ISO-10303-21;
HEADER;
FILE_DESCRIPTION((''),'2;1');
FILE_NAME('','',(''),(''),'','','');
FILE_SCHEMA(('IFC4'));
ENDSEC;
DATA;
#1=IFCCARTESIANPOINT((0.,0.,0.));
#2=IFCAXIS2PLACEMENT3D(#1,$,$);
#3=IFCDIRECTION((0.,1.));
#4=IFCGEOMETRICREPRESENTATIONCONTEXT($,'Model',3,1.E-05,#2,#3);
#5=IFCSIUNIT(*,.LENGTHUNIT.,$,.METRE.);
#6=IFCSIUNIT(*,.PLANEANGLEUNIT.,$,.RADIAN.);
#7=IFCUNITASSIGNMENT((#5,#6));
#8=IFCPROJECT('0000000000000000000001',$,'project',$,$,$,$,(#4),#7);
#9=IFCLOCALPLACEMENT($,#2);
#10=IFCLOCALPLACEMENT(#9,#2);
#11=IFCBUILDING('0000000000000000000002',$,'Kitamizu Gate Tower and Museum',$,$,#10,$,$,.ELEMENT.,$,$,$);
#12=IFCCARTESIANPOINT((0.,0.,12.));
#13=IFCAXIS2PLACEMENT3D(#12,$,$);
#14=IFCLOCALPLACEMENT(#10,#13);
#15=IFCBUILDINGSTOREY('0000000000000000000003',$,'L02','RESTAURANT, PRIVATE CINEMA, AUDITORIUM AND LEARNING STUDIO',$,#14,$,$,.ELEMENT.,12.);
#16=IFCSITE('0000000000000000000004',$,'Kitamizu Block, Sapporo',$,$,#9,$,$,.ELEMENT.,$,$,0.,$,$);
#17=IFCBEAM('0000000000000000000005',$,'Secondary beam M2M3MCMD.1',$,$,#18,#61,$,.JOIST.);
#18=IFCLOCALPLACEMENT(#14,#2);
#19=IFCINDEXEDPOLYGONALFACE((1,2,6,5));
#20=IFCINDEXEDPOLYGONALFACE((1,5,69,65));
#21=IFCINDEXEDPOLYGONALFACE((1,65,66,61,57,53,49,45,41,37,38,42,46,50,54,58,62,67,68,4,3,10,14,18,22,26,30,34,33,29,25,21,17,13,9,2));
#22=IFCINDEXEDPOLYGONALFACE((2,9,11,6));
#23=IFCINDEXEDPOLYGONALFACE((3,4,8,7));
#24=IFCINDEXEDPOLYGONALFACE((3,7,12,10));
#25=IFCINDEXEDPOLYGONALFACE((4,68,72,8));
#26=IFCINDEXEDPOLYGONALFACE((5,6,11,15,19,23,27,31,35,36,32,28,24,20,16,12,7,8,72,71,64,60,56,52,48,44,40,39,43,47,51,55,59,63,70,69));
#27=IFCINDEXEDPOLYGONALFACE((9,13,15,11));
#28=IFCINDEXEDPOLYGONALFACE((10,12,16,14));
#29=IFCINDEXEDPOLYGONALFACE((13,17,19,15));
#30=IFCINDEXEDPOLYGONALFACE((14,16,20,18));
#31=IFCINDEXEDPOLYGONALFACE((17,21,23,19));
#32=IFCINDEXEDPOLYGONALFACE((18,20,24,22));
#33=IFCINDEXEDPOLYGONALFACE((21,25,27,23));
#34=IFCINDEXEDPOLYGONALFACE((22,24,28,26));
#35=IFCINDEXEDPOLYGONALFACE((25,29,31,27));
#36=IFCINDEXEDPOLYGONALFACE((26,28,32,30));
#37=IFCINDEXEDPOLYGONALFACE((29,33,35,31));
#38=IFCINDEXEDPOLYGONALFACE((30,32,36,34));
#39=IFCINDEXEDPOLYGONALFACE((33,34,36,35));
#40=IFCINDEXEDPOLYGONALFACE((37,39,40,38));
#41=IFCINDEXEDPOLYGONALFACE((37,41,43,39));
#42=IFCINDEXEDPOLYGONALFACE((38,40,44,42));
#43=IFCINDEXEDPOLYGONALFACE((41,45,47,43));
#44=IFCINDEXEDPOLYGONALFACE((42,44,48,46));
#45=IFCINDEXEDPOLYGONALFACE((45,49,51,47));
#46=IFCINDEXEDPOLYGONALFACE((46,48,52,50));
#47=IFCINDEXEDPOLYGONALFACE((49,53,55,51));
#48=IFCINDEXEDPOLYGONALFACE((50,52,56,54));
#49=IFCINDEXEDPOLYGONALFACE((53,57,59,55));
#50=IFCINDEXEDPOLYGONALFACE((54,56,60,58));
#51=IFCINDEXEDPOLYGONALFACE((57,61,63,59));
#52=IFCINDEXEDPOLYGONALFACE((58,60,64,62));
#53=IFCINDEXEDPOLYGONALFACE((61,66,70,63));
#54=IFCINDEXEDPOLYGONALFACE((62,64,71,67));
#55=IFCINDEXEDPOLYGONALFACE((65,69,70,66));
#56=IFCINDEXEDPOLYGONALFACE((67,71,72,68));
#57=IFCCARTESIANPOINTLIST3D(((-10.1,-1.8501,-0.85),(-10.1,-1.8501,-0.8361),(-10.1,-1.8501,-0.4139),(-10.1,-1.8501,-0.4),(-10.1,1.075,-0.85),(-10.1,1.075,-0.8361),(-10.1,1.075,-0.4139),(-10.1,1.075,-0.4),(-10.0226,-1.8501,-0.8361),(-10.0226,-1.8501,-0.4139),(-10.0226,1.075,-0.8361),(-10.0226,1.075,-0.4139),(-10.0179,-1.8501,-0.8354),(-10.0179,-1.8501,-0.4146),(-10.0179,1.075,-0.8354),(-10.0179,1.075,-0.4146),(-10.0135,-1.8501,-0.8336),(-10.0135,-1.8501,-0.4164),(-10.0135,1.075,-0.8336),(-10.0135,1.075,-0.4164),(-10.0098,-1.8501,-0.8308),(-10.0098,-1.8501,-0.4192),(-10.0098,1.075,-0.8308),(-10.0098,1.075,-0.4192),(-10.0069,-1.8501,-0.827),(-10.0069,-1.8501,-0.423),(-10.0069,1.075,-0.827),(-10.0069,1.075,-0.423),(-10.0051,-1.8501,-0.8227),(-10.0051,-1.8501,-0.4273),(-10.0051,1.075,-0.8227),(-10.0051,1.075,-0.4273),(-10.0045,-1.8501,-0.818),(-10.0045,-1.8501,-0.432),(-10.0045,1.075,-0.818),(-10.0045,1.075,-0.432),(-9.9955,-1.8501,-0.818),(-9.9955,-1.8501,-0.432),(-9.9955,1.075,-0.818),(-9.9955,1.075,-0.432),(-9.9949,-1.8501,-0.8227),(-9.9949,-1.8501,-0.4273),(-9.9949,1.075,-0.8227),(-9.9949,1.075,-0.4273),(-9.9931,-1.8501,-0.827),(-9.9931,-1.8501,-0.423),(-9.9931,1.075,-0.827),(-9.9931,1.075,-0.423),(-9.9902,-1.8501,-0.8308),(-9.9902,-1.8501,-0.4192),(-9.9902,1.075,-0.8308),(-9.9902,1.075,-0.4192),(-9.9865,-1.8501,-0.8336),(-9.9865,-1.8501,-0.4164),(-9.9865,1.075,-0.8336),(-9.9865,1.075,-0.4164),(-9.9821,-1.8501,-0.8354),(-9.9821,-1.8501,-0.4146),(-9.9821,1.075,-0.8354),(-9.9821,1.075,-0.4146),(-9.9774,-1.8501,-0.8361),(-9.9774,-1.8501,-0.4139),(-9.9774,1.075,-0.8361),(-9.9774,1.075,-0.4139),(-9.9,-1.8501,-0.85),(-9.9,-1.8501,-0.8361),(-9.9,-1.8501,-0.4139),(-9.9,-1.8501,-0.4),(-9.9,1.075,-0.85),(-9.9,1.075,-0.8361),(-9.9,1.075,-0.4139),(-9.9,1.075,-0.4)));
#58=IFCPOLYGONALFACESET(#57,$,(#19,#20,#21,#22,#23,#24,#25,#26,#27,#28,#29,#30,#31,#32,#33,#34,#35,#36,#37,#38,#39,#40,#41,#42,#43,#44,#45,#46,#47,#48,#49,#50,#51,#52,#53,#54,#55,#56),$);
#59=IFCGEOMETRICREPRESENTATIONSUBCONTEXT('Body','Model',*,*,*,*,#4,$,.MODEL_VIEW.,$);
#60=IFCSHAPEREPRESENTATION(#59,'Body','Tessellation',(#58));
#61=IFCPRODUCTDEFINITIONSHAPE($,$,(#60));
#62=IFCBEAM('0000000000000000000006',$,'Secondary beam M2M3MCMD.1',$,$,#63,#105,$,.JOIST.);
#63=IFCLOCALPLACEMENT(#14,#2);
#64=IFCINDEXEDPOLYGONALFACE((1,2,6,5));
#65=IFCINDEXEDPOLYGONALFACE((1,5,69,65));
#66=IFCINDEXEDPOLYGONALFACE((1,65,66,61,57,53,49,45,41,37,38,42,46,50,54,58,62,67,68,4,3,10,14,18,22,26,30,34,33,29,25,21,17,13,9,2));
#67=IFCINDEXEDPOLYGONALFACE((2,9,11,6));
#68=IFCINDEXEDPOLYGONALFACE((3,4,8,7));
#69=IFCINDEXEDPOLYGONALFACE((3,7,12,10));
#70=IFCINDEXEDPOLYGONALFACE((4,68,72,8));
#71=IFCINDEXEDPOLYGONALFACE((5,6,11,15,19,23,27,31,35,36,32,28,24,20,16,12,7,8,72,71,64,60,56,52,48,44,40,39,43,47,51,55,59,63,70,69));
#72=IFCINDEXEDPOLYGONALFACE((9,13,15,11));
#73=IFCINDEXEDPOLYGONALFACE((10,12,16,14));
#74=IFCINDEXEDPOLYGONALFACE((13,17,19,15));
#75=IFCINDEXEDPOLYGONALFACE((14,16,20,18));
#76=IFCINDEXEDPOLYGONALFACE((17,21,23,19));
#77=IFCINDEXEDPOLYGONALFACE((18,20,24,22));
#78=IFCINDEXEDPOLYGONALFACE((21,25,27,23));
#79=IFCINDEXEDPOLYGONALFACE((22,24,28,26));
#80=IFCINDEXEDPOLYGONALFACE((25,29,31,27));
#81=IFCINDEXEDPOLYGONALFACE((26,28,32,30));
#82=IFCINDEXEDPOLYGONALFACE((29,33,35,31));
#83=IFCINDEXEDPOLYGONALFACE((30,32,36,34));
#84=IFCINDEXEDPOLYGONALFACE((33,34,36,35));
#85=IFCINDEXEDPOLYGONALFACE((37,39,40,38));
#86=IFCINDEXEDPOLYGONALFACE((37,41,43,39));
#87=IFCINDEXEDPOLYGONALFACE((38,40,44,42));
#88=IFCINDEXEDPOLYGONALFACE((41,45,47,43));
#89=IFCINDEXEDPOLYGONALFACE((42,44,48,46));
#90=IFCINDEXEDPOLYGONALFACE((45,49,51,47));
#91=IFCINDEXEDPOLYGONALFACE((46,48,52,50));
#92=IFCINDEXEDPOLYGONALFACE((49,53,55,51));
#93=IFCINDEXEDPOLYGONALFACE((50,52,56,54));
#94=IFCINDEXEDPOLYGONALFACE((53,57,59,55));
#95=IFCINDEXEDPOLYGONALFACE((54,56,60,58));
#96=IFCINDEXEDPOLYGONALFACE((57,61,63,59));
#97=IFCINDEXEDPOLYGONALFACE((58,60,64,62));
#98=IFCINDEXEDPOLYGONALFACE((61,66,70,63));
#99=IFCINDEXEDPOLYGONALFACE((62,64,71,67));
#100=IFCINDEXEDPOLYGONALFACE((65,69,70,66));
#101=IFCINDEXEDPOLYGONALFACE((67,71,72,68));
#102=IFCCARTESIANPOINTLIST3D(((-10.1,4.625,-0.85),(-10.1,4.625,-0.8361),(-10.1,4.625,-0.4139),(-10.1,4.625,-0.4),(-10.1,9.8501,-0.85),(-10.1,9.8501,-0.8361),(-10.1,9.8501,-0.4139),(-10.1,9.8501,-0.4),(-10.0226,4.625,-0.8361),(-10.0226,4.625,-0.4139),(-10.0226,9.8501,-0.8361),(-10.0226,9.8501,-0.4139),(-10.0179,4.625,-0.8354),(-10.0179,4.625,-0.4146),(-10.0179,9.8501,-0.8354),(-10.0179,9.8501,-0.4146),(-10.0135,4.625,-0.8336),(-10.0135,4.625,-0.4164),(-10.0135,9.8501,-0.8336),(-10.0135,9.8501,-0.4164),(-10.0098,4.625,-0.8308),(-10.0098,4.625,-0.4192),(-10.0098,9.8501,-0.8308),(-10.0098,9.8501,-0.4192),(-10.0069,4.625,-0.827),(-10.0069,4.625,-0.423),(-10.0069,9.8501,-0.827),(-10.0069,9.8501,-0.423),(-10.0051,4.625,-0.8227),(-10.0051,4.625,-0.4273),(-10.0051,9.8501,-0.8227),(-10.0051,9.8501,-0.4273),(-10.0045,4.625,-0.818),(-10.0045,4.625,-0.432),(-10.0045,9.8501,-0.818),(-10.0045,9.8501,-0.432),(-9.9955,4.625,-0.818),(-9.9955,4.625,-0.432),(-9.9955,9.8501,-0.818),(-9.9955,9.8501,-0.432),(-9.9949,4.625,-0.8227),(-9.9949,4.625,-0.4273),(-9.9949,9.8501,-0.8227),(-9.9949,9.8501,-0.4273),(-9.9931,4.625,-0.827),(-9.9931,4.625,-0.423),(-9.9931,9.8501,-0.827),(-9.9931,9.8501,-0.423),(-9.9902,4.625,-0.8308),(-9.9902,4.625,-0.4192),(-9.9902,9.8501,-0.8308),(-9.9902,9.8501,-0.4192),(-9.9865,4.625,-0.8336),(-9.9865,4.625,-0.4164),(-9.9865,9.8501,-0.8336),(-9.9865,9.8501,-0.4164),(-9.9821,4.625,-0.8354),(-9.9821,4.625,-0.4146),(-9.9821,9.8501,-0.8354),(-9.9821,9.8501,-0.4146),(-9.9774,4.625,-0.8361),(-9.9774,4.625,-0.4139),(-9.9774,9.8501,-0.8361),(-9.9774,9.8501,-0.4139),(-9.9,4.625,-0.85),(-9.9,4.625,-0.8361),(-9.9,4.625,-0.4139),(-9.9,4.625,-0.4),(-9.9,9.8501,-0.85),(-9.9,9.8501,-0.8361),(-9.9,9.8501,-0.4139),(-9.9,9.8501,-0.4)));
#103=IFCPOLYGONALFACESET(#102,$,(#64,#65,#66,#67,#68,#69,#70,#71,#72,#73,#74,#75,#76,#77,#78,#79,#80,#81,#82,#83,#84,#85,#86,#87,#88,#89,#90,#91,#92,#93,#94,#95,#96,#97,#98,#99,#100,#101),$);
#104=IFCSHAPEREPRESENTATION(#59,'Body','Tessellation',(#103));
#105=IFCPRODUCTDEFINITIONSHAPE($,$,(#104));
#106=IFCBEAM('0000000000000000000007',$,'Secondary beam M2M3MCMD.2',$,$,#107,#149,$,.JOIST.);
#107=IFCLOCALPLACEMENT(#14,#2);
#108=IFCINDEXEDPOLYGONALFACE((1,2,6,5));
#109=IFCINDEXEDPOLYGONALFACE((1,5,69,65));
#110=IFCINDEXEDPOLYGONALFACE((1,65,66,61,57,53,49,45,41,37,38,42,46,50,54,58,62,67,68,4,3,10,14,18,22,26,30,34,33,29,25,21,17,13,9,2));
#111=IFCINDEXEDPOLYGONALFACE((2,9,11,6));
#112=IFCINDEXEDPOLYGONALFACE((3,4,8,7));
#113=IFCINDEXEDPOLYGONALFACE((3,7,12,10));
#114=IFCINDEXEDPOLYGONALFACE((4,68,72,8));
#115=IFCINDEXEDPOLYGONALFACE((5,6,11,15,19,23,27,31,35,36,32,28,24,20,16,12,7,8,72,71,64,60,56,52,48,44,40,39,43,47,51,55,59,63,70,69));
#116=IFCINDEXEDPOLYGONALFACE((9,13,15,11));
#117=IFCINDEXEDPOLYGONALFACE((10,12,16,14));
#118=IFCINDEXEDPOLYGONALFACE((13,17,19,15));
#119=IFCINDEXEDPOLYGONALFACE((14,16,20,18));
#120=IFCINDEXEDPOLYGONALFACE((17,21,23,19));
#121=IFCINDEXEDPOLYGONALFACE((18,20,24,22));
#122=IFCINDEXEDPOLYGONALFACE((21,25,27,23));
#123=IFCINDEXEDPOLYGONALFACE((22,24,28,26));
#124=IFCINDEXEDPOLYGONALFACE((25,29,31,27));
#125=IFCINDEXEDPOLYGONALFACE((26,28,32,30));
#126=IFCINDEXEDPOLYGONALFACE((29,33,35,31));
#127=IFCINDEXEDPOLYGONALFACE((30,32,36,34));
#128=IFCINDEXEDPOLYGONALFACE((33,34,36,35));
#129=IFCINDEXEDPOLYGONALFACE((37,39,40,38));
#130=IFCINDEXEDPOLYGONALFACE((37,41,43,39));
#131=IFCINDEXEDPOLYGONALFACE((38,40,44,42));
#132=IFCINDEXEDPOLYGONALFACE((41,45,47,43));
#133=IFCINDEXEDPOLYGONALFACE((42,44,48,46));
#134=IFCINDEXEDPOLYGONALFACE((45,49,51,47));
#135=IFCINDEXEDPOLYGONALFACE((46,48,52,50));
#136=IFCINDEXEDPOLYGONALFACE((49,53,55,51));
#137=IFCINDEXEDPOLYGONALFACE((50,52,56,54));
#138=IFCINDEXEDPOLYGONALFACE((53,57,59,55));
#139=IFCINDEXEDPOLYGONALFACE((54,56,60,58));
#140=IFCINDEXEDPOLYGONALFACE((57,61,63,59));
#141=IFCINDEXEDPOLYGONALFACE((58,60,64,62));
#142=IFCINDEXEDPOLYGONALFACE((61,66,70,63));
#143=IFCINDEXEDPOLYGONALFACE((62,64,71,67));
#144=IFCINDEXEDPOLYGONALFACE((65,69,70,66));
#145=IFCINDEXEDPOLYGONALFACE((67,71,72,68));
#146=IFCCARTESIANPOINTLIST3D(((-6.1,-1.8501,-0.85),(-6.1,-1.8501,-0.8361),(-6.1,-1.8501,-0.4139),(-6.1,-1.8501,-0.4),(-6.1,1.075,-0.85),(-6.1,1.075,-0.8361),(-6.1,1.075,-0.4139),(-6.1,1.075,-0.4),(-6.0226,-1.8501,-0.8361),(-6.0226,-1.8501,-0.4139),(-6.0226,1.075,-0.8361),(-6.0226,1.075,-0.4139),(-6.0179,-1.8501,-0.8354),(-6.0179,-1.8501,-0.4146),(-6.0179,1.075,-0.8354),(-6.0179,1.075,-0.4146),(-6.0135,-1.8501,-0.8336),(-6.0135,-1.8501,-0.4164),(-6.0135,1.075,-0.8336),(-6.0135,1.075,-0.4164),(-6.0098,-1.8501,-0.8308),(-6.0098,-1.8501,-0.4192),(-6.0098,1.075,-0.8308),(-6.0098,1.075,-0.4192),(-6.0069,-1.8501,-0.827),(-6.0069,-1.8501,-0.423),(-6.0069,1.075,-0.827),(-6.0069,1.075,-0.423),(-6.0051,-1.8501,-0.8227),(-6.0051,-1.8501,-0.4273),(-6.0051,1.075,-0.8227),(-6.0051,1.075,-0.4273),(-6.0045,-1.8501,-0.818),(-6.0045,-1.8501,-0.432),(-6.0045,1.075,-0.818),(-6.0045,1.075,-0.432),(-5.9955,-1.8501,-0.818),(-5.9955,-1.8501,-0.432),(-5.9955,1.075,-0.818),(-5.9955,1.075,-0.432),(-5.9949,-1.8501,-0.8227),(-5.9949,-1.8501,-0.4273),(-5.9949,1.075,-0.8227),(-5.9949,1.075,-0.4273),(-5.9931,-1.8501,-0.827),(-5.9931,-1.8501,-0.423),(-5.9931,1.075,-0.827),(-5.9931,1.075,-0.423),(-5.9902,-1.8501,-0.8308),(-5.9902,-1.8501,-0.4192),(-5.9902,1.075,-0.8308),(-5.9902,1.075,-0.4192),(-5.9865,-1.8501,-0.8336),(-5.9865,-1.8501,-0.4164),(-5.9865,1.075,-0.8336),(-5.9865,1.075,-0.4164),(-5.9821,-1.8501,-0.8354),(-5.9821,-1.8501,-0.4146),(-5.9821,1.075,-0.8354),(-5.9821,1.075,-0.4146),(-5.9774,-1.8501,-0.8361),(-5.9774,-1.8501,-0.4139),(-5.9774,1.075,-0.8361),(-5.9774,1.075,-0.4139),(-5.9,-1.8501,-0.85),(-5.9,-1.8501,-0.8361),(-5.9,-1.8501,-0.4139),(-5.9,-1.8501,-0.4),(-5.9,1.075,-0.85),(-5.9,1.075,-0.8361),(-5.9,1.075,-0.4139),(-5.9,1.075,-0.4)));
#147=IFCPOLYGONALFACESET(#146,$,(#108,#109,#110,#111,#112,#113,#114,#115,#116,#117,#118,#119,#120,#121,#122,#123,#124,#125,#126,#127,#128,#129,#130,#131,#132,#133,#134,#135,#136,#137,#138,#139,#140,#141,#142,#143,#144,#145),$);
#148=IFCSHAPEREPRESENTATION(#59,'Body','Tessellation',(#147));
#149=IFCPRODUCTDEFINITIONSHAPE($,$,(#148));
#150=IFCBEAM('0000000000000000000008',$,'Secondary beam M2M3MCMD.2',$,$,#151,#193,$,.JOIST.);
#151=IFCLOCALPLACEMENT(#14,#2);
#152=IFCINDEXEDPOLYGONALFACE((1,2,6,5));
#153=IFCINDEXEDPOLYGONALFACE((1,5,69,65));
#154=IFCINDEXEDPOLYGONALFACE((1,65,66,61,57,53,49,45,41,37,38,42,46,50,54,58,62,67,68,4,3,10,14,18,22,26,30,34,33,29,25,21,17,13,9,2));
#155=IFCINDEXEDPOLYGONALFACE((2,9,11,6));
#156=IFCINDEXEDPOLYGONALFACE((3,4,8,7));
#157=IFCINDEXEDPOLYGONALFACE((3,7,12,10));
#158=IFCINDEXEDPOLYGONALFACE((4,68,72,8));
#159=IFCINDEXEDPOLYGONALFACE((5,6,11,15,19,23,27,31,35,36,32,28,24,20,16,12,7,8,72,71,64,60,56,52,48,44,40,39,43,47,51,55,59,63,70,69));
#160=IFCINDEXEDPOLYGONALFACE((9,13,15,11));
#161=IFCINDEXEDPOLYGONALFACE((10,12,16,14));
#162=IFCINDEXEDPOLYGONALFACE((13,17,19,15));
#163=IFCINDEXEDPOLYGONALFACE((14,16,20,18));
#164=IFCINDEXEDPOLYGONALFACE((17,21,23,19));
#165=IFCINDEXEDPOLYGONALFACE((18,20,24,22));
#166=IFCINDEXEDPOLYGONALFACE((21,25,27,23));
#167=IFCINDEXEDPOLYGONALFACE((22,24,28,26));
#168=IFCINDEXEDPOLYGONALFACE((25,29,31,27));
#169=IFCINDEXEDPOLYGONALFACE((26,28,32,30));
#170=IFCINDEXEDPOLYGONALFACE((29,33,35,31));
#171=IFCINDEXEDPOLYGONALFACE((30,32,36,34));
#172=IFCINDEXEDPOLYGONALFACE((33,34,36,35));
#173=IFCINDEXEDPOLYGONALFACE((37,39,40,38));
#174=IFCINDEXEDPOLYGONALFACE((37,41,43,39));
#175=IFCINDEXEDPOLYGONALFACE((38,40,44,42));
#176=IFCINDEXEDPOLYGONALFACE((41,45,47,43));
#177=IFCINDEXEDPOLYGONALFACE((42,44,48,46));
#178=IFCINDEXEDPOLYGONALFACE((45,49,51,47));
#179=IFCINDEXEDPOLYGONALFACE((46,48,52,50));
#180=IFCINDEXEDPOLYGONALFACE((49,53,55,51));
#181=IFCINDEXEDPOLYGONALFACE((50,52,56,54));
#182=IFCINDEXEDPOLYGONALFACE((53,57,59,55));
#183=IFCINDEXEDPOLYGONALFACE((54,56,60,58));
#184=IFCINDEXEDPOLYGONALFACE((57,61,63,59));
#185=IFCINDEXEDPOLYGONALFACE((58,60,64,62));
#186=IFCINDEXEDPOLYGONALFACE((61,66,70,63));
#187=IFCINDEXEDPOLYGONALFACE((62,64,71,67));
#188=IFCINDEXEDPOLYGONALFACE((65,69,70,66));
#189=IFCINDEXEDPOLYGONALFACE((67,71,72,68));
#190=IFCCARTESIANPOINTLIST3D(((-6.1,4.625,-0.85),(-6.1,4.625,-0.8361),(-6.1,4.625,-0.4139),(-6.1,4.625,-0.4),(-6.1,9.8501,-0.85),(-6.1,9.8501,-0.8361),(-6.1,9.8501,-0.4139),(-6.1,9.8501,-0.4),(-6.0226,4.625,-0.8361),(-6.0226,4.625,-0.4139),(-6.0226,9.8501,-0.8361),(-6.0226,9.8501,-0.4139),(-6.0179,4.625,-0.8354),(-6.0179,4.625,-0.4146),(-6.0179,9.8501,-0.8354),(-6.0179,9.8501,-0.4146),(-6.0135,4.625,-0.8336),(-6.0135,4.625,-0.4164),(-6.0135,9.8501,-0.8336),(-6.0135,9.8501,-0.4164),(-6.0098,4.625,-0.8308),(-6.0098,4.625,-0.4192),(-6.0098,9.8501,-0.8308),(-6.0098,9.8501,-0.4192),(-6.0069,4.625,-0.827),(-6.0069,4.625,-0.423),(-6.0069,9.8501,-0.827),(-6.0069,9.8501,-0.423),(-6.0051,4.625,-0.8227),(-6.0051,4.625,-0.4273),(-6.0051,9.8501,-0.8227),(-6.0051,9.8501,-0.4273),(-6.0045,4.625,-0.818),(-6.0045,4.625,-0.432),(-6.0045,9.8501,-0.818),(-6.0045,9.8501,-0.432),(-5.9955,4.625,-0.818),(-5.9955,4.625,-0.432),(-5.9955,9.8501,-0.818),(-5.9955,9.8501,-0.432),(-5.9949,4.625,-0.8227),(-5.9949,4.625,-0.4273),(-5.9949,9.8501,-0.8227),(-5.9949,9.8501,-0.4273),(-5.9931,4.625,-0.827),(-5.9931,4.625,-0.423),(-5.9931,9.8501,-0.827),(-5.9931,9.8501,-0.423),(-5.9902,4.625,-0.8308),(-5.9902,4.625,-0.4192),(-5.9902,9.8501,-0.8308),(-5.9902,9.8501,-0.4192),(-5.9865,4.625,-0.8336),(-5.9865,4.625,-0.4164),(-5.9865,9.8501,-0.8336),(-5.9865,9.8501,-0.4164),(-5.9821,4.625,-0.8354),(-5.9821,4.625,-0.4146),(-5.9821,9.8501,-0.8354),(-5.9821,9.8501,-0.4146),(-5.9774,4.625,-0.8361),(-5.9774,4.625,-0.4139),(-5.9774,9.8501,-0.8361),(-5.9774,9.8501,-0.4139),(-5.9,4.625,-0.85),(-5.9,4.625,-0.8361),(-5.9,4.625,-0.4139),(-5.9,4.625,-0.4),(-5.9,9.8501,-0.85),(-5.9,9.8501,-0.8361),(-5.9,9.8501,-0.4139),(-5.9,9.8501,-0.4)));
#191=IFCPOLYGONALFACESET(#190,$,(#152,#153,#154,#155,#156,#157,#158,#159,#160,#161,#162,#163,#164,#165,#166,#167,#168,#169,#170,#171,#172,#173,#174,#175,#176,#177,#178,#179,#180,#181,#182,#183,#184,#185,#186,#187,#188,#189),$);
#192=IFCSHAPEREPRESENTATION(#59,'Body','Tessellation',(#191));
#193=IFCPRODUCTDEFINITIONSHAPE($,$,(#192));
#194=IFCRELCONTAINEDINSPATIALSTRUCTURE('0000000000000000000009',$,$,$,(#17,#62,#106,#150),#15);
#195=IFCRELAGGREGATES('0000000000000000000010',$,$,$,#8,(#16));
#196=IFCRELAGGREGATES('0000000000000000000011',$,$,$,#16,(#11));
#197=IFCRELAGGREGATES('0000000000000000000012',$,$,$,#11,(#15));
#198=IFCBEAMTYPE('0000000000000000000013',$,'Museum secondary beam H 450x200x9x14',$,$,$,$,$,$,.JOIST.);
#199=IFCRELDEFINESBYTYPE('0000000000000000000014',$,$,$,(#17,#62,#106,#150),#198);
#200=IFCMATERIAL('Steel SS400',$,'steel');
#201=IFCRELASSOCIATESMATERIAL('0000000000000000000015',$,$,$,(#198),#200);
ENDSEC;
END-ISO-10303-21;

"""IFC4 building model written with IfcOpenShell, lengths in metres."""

from ifc_helpers import new_model, si_unit, direction, frame, origin, origin_2d, place, context, subcontext, project, spatial, i_section, extrude, material, material_profile, profile_set, type_object, element, save


model = new_model("IFC4")

# Units and contexts
model_context = context("Model", 3, precision=1e-05, world=origin(), true_north=direction((0.0, 1.0)))
body_context = subcontext(model_context, "Body", "Model", "MODEL_VIEW")
ifc_project = project(units=[si_unit("LENGTHUNIT", "METRE"), si_unit("PLANEANGLEUNIT", "RADIAN")], contexts=[model_context])

# Site, building, storey
site_placement = place(None, origin())
site = spatial("IfcSite", under=ifc_project, at=site_placement, Name="Kitamizu Block, Sapporo", CompositionType="ELEMENT", RefElevation=0.0)
building_placement = place(site_placement, origin())
building = spatial("IfcBuilding", under=site, at=building_placement, Name="Kitamizu Gate Tower and Museum", CompositionType="ELEMENT")
storey_placement = place(building_placement, frame((0.0, 0.0, 12.0)))
storey = spatial("IfcBuildingStorey", under=building, at=storey_placement, Name="L02", Description="RESTAURANT, PRIVATE CINEMA, AUDITORIUM AND LEARNING STUDIO", CompositionType="ELEMENT", Elevation=12.0)

# Beams
ifc_material_1 = material(Name="Steel SS400", Category="steel")
ifc_material_profile_1 = material_profile(ifc_material_1, i_section(OverallWidth=0.2, OverallDepth=0.45, WebThickness=0.009, FlangeThickness=0.0139, FilletRadius=0.0181, at=origin_2d()), Name="H-450x200x9x14")
ifc_profile_set_1 = profile_set([ifc_material_profile_1], Name="Steel SS400")
beam_type_1 = type_object("IfcBeamType", Name="Museum secondary beam H 450x200x9x14", PredefinedType="JOIST", material=ifc_profile_set_1)
beam_1_placement = place(storey_placement, frame((-10.0, -1.8501, -0.625), z_axis=(0.0, 1.0, 0.0), x_axis=(-1.0, 0.0, 0.0)))
element("IfcBeam", 1, at=beam_1_placement, inside=storey, type_object=beam_type_1, Name="Secondary beam M2M3MCMD.1", PredefinedType="JOIST", context=body_context, shape_type="SweptSolid", body=[
    extrude(i_section(OverallWidth=0.2, OverallDepth=0.45, WebThickness=0.009, FlangeThickness=0.0139, FilletRadius=0.0181, at=origin_2d()), origin(), (0.0, 0.0, 1.0), 2.925),
])
beam_2_placement = place(storey_placement, frame((-10.0, 4.625, -0.625), z_axis=(0.0, 1.0, 0.0), x_axis=(-1.0, 0.0, 0.0)))
element("IfcBeam", 2, at=beam_2_placement, inside=storey, type_object=beam_type_1, Name="Secondary beam M2M3MCMD.1", PredefinedType="JOIST", context=body_context, shape_type="SweptSolid", body=[
    extrude(i_section(OverallWidth=0.2, OverallDepth=0.45, WebThickness=0.009, FlangeThickness=0.0139, FilletRadius=0.0181, at=origin_2d()), origin(), (0.0, 0.0, 1.0), 5.2251),
])
beam_3_placement = place(storey_placement, frame((-6.0, -1.8501, -0.625), z_axis=(0.0, 1.0, 0.0), x_axis=(-1.0, 0.0, 0.0)))
element("IfcBeam", 3, at=beam_3_placement, inside=storey, type_object=beam_type_1, Name="Secondary beam M2M3MCMD.2", PredefinedType="JOIST", context=body_context, shape_type="SweptSolid", body=[
    extrude(i_section(OverallWidth=0.2, OverallDepth=0.45, WebThickness=0.009, FlangeThickness=0.0139, FilletRadius=0.0181, at=origin_2d()), origin(), (0.0, 0.0, 1.0), 2.925),
])
beam_4_placement = place(storey_placement, frame((-6.0, 4.625, -0.625), z_axis=(0.0, 1.0, 0.0), x_axis=(-1.0, 0.0, 0.0)))
element("IfcBeam", 4, at=beam_4_placement, inside=storey, type_object=beam_type_1, Name="Secondary beam M2M3MCMD.2", PredefinedType="JOIST", context=body_context, shape_type="SweptSolid", body=[
    extrude(i_section(OverallWidth=0.2, OverallDepth=0.45, WebThickness=0.009, FlangeThickness=0.0139, FilletRadius=0.0181, at=origin_2d()), origin(), (0.0, 0.0, 1.0), 5.2251),
])

save(model, "model.ifc")
